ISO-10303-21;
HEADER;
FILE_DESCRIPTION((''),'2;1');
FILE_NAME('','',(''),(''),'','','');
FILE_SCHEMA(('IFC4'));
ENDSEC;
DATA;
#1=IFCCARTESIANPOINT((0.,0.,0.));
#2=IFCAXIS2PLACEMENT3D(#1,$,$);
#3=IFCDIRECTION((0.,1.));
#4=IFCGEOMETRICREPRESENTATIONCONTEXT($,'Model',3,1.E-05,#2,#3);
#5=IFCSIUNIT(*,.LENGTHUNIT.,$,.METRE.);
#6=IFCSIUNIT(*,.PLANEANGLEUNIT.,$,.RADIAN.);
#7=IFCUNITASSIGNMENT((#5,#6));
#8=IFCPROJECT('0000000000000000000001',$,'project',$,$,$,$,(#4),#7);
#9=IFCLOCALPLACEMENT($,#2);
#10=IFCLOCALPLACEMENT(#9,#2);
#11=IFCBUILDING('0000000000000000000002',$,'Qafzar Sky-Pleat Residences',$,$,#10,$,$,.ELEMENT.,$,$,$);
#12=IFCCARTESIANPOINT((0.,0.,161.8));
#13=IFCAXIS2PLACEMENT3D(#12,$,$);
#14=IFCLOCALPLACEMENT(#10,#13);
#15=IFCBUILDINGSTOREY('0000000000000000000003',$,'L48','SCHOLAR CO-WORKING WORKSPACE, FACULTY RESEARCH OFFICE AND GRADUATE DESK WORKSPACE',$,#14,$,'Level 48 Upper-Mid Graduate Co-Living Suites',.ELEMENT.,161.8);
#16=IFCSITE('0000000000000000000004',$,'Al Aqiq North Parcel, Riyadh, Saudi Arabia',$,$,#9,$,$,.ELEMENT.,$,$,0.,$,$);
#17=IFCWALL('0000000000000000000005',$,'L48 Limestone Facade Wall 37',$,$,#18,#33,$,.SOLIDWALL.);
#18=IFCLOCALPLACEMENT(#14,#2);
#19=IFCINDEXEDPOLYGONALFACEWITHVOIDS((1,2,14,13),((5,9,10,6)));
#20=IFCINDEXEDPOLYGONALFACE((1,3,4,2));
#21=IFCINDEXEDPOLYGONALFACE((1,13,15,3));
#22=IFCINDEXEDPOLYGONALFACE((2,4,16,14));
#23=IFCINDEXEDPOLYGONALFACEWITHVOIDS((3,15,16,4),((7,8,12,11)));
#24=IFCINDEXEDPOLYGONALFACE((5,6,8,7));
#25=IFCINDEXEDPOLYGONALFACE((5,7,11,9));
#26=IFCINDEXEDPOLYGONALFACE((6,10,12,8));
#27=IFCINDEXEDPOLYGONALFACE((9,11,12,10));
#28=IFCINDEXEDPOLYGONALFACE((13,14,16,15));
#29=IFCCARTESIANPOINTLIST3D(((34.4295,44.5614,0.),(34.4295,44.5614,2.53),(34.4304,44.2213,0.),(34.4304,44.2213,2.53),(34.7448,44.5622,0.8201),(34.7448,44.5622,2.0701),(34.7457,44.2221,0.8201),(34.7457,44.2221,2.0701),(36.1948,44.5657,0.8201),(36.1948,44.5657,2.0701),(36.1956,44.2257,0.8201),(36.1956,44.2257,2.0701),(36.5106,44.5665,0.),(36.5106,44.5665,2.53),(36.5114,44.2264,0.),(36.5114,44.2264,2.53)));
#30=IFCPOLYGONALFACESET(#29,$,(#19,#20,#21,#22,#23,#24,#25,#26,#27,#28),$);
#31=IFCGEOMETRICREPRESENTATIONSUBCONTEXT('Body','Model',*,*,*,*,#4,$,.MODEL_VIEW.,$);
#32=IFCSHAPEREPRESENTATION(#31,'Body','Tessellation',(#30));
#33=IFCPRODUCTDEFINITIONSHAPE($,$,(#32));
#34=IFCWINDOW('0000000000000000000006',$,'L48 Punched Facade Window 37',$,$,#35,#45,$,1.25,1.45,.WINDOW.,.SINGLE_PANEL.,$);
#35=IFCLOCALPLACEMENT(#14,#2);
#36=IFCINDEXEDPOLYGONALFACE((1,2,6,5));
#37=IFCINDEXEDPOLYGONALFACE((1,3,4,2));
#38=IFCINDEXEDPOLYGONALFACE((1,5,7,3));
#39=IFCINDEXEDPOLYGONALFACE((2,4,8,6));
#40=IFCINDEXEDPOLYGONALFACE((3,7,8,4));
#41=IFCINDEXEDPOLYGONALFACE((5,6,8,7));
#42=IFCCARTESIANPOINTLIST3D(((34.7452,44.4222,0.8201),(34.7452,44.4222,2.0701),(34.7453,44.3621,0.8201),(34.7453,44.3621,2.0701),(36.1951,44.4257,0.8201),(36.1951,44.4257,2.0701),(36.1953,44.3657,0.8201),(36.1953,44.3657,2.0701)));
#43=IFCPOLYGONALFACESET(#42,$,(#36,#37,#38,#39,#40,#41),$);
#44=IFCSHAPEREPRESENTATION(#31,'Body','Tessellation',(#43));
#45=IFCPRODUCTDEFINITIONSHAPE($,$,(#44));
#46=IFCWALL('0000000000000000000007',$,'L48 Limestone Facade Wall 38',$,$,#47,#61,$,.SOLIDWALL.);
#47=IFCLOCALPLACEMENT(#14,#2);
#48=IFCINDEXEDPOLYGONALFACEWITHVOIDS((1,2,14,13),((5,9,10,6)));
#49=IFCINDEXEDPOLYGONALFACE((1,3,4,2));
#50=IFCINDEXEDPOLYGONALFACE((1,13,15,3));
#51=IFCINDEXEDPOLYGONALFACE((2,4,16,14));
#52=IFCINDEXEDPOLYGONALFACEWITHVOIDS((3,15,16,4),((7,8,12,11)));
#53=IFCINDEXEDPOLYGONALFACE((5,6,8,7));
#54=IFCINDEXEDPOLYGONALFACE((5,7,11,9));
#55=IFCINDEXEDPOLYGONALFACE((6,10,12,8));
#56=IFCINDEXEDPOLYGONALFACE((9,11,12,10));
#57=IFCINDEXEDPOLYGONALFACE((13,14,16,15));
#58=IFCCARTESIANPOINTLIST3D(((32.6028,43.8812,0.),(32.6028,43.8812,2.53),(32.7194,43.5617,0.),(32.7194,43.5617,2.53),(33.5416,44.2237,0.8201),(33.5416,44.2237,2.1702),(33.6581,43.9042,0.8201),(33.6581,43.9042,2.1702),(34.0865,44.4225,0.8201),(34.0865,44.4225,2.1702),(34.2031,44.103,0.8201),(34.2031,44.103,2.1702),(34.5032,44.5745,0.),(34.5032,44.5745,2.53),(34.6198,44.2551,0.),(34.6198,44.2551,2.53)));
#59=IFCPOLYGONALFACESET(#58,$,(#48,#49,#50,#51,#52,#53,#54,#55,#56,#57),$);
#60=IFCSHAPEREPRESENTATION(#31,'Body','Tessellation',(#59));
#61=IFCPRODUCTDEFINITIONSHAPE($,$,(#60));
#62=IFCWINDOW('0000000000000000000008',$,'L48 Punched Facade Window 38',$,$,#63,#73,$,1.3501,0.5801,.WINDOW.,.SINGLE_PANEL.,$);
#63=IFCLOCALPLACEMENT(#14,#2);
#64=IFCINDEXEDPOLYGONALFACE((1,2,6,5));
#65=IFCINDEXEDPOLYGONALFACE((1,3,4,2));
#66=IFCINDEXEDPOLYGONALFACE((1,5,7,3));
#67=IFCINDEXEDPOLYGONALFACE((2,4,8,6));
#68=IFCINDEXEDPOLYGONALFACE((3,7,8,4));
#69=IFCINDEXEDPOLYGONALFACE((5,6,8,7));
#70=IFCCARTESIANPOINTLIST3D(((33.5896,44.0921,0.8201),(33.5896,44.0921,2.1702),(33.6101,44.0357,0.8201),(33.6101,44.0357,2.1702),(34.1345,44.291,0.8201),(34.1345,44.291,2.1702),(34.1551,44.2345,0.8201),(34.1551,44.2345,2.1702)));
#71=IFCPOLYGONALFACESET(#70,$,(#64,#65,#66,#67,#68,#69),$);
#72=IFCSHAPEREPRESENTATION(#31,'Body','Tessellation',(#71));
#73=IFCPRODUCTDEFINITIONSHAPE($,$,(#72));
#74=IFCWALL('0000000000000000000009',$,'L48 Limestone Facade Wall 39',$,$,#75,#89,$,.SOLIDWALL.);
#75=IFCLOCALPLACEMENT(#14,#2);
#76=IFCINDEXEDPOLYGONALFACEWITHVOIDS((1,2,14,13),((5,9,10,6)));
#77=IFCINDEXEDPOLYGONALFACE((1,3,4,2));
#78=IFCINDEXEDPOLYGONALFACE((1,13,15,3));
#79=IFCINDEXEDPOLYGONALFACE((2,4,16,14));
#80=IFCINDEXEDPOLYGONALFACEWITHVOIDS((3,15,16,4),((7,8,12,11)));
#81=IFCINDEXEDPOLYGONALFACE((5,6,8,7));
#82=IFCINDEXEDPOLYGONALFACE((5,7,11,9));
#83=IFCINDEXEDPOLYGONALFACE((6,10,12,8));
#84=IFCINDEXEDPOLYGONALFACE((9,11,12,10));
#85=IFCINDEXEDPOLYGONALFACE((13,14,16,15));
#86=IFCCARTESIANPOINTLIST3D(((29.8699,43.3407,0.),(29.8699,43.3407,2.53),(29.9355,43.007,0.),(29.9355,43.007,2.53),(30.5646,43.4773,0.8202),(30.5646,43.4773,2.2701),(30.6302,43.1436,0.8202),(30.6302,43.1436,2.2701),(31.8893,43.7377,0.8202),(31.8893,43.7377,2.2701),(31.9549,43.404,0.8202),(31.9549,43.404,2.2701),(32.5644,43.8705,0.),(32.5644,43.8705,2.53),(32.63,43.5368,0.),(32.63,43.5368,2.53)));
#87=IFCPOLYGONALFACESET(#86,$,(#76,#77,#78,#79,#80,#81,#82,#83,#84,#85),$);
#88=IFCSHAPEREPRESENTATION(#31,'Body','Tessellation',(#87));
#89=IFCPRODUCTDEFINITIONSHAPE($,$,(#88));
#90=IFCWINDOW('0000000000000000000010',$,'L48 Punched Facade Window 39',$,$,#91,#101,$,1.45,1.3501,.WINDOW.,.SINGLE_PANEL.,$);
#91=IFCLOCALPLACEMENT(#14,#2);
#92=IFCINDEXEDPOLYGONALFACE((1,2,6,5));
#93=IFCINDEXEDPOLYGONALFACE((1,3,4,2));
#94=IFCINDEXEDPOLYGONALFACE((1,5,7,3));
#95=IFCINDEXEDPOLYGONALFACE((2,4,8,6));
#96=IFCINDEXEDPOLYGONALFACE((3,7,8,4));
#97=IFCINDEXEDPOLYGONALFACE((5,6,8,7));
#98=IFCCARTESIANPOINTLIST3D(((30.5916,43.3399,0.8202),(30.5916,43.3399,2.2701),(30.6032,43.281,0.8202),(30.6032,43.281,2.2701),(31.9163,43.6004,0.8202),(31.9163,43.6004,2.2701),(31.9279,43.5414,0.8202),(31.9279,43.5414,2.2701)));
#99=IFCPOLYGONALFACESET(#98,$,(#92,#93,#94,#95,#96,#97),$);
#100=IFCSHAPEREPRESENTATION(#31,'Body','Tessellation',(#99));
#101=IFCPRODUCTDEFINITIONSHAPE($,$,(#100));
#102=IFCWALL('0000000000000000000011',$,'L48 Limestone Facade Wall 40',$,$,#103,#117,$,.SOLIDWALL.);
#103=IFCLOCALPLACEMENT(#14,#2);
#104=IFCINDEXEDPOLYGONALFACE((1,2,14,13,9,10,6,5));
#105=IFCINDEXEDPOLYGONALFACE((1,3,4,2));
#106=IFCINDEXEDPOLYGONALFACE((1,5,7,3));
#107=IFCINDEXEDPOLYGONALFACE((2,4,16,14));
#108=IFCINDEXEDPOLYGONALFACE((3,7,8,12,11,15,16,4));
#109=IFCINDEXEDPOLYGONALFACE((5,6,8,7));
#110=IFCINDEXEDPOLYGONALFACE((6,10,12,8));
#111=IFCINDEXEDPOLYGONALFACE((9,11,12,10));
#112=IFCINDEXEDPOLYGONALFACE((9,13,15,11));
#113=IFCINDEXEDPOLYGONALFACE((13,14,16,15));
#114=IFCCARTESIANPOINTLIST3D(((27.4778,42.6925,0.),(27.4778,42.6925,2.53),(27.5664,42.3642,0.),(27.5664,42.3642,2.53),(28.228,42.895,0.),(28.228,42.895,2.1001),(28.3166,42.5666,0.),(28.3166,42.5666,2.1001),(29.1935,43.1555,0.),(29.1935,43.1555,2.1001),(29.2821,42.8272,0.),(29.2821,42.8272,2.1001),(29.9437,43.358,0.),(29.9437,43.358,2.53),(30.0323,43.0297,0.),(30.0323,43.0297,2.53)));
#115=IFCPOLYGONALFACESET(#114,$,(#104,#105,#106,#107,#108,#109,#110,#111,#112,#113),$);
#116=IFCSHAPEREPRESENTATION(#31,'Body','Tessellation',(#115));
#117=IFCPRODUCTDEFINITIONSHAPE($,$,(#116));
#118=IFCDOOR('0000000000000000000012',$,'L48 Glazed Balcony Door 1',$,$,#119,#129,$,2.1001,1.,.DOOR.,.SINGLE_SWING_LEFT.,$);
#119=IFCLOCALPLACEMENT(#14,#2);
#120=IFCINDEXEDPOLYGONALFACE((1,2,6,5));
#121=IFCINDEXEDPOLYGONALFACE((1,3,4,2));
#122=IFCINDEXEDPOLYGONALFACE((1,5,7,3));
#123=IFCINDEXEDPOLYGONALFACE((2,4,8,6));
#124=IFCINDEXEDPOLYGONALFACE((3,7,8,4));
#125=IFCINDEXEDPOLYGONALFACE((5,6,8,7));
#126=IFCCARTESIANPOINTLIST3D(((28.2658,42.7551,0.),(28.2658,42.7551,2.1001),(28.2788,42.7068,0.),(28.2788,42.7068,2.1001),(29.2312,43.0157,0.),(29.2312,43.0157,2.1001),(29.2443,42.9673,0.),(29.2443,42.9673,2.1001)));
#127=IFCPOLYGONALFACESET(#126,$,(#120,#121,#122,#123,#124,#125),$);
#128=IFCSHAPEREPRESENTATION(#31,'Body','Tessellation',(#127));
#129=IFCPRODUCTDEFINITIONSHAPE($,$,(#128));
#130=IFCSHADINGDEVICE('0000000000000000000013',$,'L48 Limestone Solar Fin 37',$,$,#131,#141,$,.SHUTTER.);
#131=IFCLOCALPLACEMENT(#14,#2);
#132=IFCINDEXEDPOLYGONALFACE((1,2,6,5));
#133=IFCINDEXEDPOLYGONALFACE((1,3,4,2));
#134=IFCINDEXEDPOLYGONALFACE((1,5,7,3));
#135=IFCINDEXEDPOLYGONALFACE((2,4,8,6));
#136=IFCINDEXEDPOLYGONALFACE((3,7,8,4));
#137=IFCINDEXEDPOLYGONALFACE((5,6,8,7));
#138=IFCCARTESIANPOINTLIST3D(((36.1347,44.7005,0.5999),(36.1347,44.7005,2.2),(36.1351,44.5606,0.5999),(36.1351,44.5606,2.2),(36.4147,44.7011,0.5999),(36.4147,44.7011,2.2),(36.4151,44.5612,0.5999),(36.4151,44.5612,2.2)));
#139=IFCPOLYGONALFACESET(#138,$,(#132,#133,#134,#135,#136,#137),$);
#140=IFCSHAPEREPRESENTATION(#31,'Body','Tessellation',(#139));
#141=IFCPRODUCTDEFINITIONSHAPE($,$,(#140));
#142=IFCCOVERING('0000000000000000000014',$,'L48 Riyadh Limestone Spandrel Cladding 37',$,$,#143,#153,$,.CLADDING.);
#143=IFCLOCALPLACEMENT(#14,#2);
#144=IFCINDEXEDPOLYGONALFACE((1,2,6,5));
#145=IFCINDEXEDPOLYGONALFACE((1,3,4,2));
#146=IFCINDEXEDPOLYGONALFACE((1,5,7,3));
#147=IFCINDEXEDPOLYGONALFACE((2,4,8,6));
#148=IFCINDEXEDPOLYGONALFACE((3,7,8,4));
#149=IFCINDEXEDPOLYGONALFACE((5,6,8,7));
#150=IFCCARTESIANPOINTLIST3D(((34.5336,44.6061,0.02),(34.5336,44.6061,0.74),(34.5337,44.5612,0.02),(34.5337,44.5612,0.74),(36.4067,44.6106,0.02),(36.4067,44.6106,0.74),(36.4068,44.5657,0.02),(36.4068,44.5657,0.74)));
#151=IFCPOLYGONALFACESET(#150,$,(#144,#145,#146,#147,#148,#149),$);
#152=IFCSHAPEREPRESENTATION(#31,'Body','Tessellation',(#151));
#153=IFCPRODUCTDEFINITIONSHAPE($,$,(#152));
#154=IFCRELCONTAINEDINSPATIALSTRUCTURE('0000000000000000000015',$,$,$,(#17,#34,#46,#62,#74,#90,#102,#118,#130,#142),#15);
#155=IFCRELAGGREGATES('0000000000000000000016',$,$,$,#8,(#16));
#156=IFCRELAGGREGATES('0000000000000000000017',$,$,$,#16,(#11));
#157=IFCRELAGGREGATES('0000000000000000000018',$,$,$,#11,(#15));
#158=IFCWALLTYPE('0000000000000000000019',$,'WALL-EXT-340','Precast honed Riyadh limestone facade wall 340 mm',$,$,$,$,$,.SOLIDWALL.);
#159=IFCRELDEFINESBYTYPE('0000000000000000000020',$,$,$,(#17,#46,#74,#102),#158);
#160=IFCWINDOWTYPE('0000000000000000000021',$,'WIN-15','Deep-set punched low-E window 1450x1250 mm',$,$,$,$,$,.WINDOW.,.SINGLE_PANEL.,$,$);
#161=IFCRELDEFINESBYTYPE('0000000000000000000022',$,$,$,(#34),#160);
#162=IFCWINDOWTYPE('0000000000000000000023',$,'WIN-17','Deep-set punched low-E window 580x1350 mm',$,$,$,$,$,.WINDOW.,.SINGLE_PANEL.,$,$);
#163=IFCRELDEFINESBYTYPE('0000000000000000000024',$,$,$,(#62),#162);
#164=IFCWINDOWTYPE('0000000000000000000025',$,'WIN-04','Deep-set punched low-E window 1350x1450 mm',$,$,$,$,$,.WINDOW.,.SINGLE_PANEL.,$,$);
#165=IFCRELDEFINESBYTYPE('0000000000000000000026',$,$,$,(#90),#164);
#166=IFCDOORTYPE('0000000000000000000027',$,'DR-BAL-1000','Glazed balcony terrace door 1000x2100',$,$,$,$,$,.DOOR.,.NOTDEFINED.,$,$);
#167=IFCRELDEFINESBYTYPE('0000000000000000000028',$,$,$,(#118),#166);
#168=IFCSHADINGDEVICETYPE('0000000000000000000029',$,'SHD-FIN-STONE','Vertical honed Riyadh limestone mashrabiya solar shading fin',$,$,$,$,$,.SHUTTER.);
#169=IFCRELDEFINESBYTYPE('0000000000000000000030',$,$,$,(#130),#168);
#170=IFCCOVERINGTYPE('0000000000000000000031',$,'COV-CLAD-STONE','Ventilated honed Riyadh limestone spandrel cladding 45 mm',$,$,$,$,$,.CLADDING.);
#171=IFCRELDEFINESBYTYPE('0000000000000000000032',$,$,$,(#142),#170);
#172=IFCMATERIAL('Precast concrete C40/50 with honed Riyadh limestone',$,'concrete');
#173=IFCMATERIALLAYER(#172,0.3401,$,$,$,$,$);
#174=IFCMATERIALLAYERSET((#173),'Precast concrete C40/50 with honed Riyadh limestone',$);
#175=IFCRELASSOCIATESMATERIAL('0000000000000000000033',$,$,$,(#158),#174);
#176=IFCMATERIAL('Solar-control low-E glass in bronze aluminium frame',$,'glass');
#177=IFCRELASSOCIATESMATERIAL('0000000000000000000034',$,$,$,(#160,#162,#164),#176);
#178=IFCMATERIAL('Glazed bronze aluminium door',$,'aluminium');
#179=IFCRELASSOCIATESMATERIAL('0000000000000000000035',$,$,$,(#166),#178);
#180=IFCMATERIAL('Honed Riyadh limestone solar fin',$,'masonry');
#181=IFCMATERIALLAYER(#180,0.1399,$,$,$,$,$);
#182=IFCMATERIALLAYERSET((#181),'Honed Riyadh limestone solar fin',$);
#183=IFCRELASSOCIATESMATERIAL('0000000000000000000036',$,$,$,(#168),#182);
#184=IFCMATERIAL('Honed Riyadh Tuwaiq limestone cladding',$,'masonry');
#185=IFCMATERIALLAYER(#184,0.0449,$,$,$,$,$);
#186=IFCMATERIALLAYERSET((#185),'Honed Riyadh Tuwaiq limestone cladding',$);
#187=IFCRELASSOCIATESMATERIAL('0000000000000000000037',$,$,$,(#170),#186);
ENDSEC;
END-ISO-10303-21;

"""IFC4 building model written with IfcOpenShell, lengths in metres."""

from ifc_helpers import new_model, si_unit, direction, frame, frame_2d, origin, origin_2d, place, context, subcontext, project, spatial, rectangle, extrude, source, transform, mapped, material, layer, layer_set, type_object, element, fill, save


model = new_model("IFC4")

# Units and contexts
model_context = context("Model", 3, precision=1e-05, world=origin(), true_north=direction((0.0, 1.0)))
body_context = subcontext(model_context, "Body", "Model", "MODEL_VIEW")
ifc_project = project(units=[si_unit("LENGTHUNIT", "METRE"), si_unit("PLANEANGLEUNIT", "RADIAN")], contexts=[model_context])

# Site, building, storey
site_placement = place(None, origin())
site = spatial("IfcSite", under=ifc_project, at=site_placement, Name="Al Aqiq North Parcel, Riyadh, Saudi Arabia", CompositionType="ELEMENT", RefElevation=0.0)
building_placement = place(site_placement, origin())
building = spatial("IfcBuilding", under=site, at=building_placement, Name="Qafzar Sky-Pleat Residences", CompositionType="ELEMENT")
storey_placement = place(building_placement, frame((0.0, 0.0, 161.8)))
storey = spatial("IfcBuildingStorey", under=building, at=storey_placement, Name="L48", Description="SCHOLAR CO-WORKING WORKSPACE, FACULTY RESEARCH OFFICE AND GRADUATE DESK WORKSPACE", LongName="Level 48 Upper-Mid Graduate Co-Living Suites", CompositionType="ELEMENT", Elevation=161.8)

# Walls, openings, windows
ifc_material_1 = material(Name="Precast concrete C40/50 with honed Riyadh limestone", Category="concrete")
ifc_layer_1 = layer(ifc_material_1, 0.3401)
ifc_layer_set_1 = layer_set([ifc_layer_1], Name="Precast concrete C40/50 with honed Riyadh limestone")
wall_type_1 = type_object("IfcWallType", Name="WALL-EXT-340", Description="Precast honed Riyadh limestone facade wall 340 mm", PredefinedType="SOLIDWALL", material=ifc_layer_set_1)
wall_1_placement = place(storey_placement, frame((36.511, 44.3965, 0.0), z_axis=(0.0, 0.0, 1.0), x_axis=(-0.999997, -0.002464, 0.0)))
wall_1 = element("IfcWall", 1, at=wall_1_placement, inside=storey, type_object=wall_type_1, Name="L48 Limestone Facade Wall 37", PredefinedType="SOLIDWALL", context=body_context, shape_type="SweptSolid", body=[
    extrude(rectangle(XDim=2.0811, YDim=0.3401, at=frame_2d((1.0405, 0.0))), origin(), (0.0, 0.0, 1.0), 2.53),
])
opening_1_placement = place(wall_1_placement, frame((0.3157, 0.0, 0.8201)))
opening_1 = element("IfcOpeningElement", 2, at=opening_1_placement, cuts=wall_1, PredefinedType="OPENING", context=body_context, shape_type="SweptSolid", body=[
    extrude(rectangle(XDim=1.45, YDim=1.25, at=frame_2d((0.7251, 0.625))), frame((0.0, 0.1802, 0.0), z_axis=(0.0, -1.0, 0.0), x_axis=(1.0, 0.0, 0.0)), (0.0, 0.0, 1.0), 0.3601),
])
ifc_material_2 = material(Name="Solar-control low-E glass in bronze aluminium frame", Category="glass")
window_type_1 = type_object("IfcWindowType", Name="WIN-15", Description="Deep-set punched low-E window 1450x1250 mm", PartitioningType="SINGLE_PANEL", PredefinedType="WINDOW", material=ifc_material_2)
shared_shape_1 = source(origin(), body_context, "Body", "SweptSolid", [
    extrude(rectangle(XDim=1.45, YDim=1.25, at=frame_2d((0.7251, 0.625))), frame((0.0, 0.03, 0.0), z_axis=(0.0, -1.0, 0.0), x_axis=(1.0, 0.0, 0.0)), (0.0, 0.0, 1.0), 0.0601),
])
window_1_placement = place(opening_1_placement, origin())
window_1 = element("IfcWindow", 3, at=window_1_placement, inside=storey, type_object=window_type_1, Name="L48 Punched Facade Window 37", OverallHeight=1.25, OverallWidth=1.45, PartitioningType="SINGLE_PANEL", PredefinedType="WINDOW", context=body_context, shape_type="MappedRepresentation", body=[
    mapped(shared_shape_1, transform((0.0, 0.0, 0.0), x_axis=(1.0, 0.0, 0.0), y_axis=(0.0, 1.0, 0.0), z_axis=(0.0, 0.0, 1.0), scale=1.0)),
])
fill(opening_1, window_1)
wall_2_placement = place(storey_placement, frame((34.5615, 44.4148, 0.0), z_axis=(0.0, 0.0, 1.0), x_axis=(-0.939426, -0.342751, 0.0)))
wall_2 = element("IfcWall", 4, at=wall_2_placement, inside=storey, type_object=wall_type_1, Name="L48 Limestone Facade Wall 38", PredefinedType="SOLIDWALL", context=body_context, shape_type="SweptSolid", body=[
    extrude(rectangle(XDim=2.0229, YDim=0.3401, at=frame_2d((1.0115, 0.0))), origin(), (0.0, 0.0, 1.0), 2.53),
])
opening_2_placement = place(wall_2_placement, frame((0.4436, 0.0, 0.8201)))
opening_2 = element("IfcOpeningElement", 5, at=opening_2_placement, cuts=wall_2, PredefinedType="OPENING", context=body_context, shape_type="SweptSolid", body=[
    extrude(rectangle(XDim=0.5801, YDim=1.3501, at=frame_2d((0.29, 0.675))), frame((0.0, 0.1802, 0.0), z_axis=(0.0, -1.0, 0.0), x_axis=(1.0, 0.0, 0.0)), (0.0, 0.0, 1.0), 0.3601),
])
window_type_2 = type_object("IfcWindowType", Name="WIN-17", Description="Deep-set punched low-E window 580x1350 mm", PartitioningType="SINGLE_PANEL", PredefinedType="WINDOW", material=ifc_material_2)
shared_shape_2 = source(origin(), body_context, "Body", "SweptSolid", [
    extrude(rectangle(XDim=0.5801, YDim=1.3501, at=frame_2d((0.29, 0.675))), frame((0.0, 0.03, 0.0), z_axis=(0.0, -1.0, 0.0), x_axis=(1.0, 0.0, 0.0)), (0.0, 0.0, 1.0), 0.0601),
])
window_2_placement = place(opening_2_placement, origin())
window_2 = element("IfcWindow", 6, at=window_2_placement, inside=storey, type_object=window_type_2, Name="L48 Punched Facade Window 38", OverallHeight=1.3501, OverallWidth=0.5801, PartitioningType="SINGLE_PANEL", PredefinedType="WINDOW", context=body_context, shape_type="MappedRepresentation", body=[
    mapped(shared_shape_2, transform((0.0, 0.0, 0.0), x_axis=(1.0, 0.0, 0.0), y_axis=(0.0, 1.0, 0.0), z_axis=(0.0, 0.0, 1.0), scale=1.0)),
])
fill(opening_2, window_2)
wall_3_placement = place(storey_placement, frame((32.5972, 43.7036, 0.0), z_axis=(0.0, 0.0, 1.0), x_axis=(-0.981215, -0.192918, 0.0)))
wall_3 = element("IfcWall", 7, at=wall_3_placement, inside=storey, type_object=wall_type_1, Name="L48 Limestone Facade Wall 39", PredefinedType="SOLIDWALL", context=body_context, shape_type="SweptSolid", body=[
    extrude(rectangle(XDim=2.7461, YDim=0.3401, at=frame_2d((1.373, 0.0))), origin(), (0.0, 0.0, 1.0), 2.53),
])
opening_3_placement = place(wall_3_placement, frame((0.688, 0.0, 0.8201)))
opening_3 = element("IfcOpeningElement", 8, at=opening_3_placement, cuts=wall_3, PredefinedType="OPENING", context=body_context, shape_type="SweptSolid", body=[
    extrude(rectangle(XDim=1.3501, YDim=1.45, at=frame_2d((0.675, 0.7251))), frame((0.0, 0.1802, 0.0), z_axis=(0.0, -1.0, 0.0), x_axis=(1.0, 0.0, 0.0)), (0.0, 0.0, 1.0), 0.3601),
])
window_type_3 = type_object("IfcWindowType", Name="WIN-04", Description="Deep-set punched low-E window 1350x1450 mm", PartitioningType="SINGLE_PANEL", PredefinedType="WINDOW", material=ifc_material_2)
shared_shape_3 = source(origin(), body_context, "Body", "SweptSolid", [
    extrude(rectangle(XDim=1.3501, YDim=1.45, at=frame_2d((0.675, 0.7251))), frame((0.0, 0.03, 0.0), z_axis=(0.0, -1.0, 0.0), x_axis=(1.0, 0.0, 0.0)), (0.0, 0.0, 1.0), 0.0601),
])
window_3_placement = place(opening_3_placement, origin())
window_3 = element("IfcWindow", 9, at=window_3_placement, inside=storey, type_object=window_type_3, Name="L48 Punched Facade Window 39", OverallHeight=1.45, OverallWidth=1.3501, PartitioningType="SINGLE_PANEL", PredefinedType="WINDOW", context=body_context, shape_type="MappedRepresentation", body=[
    mapped(shared_shape_3, transform((0.0, 0.0, 0.0), x_axis=(1.0, 0.0, 0.0), y_axis=(0.0, 1.0, 0.0), z_axis=(0.0, 0.0, 1.0), scale=1.0)),
])
fill(opening_3, window_3)

# Wall, opening, door
wall_4_placement = place(storey_placement, frame((29.988, 43.1938, 0.0), z_axis=(0.0, 0.0, 1.0), x_axis=(-0.96546, -0.260553, 0.0)))
wall_4 = element("IfcWall", 10, at=wall_4_placement, inside=storey, type_object=wall_type_1, Name="L48 Limestone Facade Wall 40", PredefinedType="SOLIDWALL", context=body_context, shape_type="SweptSolid", body=[
    extrude(rectangle(XDim=2.5542, YDim=0.3401, at=frame_2d((1.2771, 0.0))), origin(), (0.0, 0.0, 1.0), 2.53),
])
opening_4_placement = place(wall_4_placement, frame((0.7771, 0.0, 0.0)))
opening_4 = element("IfcOpeningElement", 11, at=opening_4_placement, cuts=wall_4, PredefinedType="OPENING", context=body_context, shape_type="SweptSolid", body=[
    extrude(rectangle(XDim=1.0, YDim=2.1001, at=frame_2d((0.5, 1.05))), frame((0.0, 0.1802, 0.0), z_axis=(0.0, -1.0, 0.0), x_axis=(1.0, 0.0, 0.0)), (0.0, 0.0, 1.0), 0.3601),
])
ifc_material_3 = material(Name="Glazed bronze aluminium door", Category="aluminium")
door_type = type_object("IfcDoorType", Name="DR-BAL-1000", Description="Glazed balcony terrace door 1000x2100", OperationType="NOTDEFINED", PredefinedType="DOOR", material=ifc_material_3)
shared_shape_4 = source(origin(), body_context, "Body", "SweptSolid", [
    extrude(rectangle(XDim=1.0, YDim=2.1001, at=frame_2d((0.5, 1.05))), frame((0.0, 0.0249, 0.0), z_axis=(0.0, -1.0, 0.0), x_axis=(1.0, 0.0, 0.0)), (0.0, 0.0, 1.0), 0.05),
])
door_placement = place(opening_4_placement, origin())
door = element("IfcDoor", 12, at=door_placement, inside=storey, type_object=door_type, Name="L48 Glazed Balcony Door 1", OperationType="SINGLE_SWING_LEFT", OverallHeight=2.1001, OverallWidth=1.0, PredefinedType="DOOR", context=body_context, shape_type="MappedRepresentation", body=[
    mapped(shared_shape_4, transform((0.0, 0.0, 0.0), x_axis=(1.0, 0.0, 0.0), y_axis=(0.0, 1.0, 0.0), z_axis=(0.0, 0.0, 1.0), scale=1.0)),
])
fill(opening_4, door)

# Shading device
ifc_material_4 = material(Name="Honed Riyadh limestone solar fin", Category="masonry")
ifc_layer_2 = layer(ifc_material_4, 0.1399)
ifc_layer_set_2 = layer_set([ifc_layer_2], Name="Honed Riyadh limestone solar fin")
shading_device_type = type_object("IfcShadingDeviceType", Name="SHD-FIN-STONE", Description="Vertical honed Riyadh limestone mashrabiya solar shading fin", PredefinedType="SHUTTER", material=ifc_layer_set_2)
shared_shape_5 = source(origin(), body_context, "Body", "SweptSolid", [
    extrude(rectangle(XDim=0.1399, YDim=0.28, at=origin_2d()), origin(), (0.0, 0.0, 1.0), 1.6001),
])
shading_device_placement = place(storey_placement, frame((36.2749, 44.6309, 0.5999), z_axis=(0.0, 0.0, 1.0), x_axis=(-0.002394, 0.999997, 0.0)))
element("IfcShadingDevice", 13, at=shading_device_placement, inside=storey, type_object=shading_device_type, Name="L48 Limestone Solar Fin 37", PredefinedType="SHUTTER", context=body_context, shape_type="MappedRepresentation", body=[
    mapped(shared_shape_5, transform((0.0, 0.0, 0.0), x_axis=(1.0, 0.0, 0.0), y_axis=(0.0, 1.0, 0.0), z_axis=(0.0, 0.0, 1.0), scale=1.0)),
])

# Covering
ifc_material_5 = material(Name="Honed Riyadh Tuwaiq limestone cladding", Category="masonry")
ifc_layer_3 = layer(ifc_material_5, 0.0449)
ifc_layer_set_3 = layer_set([ifc_layer_3], Name="Honed Riyadh Tuwaiq limestone cladding")
covering_type = type_object("IfcCoveringType", Name="COV-CLAD-STONE", Description="Ventilated honed Riyadh limestone spandrel cladding 45 mm", PredefinedType="CLADDING", material=ifc_layer_set_3)
shared_shape_6 = source(origin(), body_context, "Body", "SweptSolid", [
    extrude(rectangle(XDim=1.873, YDim=0.0449, at=origin_2d()), origin(), (0.0, 0.0, 1.0), 0.72),
])
covering_1_placement = place(storey_placement, frame((35.4702, 44.5859, 0.02), z_axis=(0.0, 0.0, 1.0), x_axis=(-0.999997, -0.002403, 0.0)))
element("IfcCovering", 14, at=covering_1_placement, inside=storey, type_object=covering_type, Name="L48 Riyadh Limestone Spandrel Cladding 37", PredefinedType="CLADDING", context=body_context, shape_type="MappedRepresentation", body=[
    mapped(shared_shape_6, transform((0.0, 0.0, 0.0), x_axis=(1.0, 0.0, 0.0), y_axis=(0.0, 1.0, 0.0), z_axis=(0.0, 0.0, 1.0), scale=1.0)),
])

save(model, "model.ifc")
